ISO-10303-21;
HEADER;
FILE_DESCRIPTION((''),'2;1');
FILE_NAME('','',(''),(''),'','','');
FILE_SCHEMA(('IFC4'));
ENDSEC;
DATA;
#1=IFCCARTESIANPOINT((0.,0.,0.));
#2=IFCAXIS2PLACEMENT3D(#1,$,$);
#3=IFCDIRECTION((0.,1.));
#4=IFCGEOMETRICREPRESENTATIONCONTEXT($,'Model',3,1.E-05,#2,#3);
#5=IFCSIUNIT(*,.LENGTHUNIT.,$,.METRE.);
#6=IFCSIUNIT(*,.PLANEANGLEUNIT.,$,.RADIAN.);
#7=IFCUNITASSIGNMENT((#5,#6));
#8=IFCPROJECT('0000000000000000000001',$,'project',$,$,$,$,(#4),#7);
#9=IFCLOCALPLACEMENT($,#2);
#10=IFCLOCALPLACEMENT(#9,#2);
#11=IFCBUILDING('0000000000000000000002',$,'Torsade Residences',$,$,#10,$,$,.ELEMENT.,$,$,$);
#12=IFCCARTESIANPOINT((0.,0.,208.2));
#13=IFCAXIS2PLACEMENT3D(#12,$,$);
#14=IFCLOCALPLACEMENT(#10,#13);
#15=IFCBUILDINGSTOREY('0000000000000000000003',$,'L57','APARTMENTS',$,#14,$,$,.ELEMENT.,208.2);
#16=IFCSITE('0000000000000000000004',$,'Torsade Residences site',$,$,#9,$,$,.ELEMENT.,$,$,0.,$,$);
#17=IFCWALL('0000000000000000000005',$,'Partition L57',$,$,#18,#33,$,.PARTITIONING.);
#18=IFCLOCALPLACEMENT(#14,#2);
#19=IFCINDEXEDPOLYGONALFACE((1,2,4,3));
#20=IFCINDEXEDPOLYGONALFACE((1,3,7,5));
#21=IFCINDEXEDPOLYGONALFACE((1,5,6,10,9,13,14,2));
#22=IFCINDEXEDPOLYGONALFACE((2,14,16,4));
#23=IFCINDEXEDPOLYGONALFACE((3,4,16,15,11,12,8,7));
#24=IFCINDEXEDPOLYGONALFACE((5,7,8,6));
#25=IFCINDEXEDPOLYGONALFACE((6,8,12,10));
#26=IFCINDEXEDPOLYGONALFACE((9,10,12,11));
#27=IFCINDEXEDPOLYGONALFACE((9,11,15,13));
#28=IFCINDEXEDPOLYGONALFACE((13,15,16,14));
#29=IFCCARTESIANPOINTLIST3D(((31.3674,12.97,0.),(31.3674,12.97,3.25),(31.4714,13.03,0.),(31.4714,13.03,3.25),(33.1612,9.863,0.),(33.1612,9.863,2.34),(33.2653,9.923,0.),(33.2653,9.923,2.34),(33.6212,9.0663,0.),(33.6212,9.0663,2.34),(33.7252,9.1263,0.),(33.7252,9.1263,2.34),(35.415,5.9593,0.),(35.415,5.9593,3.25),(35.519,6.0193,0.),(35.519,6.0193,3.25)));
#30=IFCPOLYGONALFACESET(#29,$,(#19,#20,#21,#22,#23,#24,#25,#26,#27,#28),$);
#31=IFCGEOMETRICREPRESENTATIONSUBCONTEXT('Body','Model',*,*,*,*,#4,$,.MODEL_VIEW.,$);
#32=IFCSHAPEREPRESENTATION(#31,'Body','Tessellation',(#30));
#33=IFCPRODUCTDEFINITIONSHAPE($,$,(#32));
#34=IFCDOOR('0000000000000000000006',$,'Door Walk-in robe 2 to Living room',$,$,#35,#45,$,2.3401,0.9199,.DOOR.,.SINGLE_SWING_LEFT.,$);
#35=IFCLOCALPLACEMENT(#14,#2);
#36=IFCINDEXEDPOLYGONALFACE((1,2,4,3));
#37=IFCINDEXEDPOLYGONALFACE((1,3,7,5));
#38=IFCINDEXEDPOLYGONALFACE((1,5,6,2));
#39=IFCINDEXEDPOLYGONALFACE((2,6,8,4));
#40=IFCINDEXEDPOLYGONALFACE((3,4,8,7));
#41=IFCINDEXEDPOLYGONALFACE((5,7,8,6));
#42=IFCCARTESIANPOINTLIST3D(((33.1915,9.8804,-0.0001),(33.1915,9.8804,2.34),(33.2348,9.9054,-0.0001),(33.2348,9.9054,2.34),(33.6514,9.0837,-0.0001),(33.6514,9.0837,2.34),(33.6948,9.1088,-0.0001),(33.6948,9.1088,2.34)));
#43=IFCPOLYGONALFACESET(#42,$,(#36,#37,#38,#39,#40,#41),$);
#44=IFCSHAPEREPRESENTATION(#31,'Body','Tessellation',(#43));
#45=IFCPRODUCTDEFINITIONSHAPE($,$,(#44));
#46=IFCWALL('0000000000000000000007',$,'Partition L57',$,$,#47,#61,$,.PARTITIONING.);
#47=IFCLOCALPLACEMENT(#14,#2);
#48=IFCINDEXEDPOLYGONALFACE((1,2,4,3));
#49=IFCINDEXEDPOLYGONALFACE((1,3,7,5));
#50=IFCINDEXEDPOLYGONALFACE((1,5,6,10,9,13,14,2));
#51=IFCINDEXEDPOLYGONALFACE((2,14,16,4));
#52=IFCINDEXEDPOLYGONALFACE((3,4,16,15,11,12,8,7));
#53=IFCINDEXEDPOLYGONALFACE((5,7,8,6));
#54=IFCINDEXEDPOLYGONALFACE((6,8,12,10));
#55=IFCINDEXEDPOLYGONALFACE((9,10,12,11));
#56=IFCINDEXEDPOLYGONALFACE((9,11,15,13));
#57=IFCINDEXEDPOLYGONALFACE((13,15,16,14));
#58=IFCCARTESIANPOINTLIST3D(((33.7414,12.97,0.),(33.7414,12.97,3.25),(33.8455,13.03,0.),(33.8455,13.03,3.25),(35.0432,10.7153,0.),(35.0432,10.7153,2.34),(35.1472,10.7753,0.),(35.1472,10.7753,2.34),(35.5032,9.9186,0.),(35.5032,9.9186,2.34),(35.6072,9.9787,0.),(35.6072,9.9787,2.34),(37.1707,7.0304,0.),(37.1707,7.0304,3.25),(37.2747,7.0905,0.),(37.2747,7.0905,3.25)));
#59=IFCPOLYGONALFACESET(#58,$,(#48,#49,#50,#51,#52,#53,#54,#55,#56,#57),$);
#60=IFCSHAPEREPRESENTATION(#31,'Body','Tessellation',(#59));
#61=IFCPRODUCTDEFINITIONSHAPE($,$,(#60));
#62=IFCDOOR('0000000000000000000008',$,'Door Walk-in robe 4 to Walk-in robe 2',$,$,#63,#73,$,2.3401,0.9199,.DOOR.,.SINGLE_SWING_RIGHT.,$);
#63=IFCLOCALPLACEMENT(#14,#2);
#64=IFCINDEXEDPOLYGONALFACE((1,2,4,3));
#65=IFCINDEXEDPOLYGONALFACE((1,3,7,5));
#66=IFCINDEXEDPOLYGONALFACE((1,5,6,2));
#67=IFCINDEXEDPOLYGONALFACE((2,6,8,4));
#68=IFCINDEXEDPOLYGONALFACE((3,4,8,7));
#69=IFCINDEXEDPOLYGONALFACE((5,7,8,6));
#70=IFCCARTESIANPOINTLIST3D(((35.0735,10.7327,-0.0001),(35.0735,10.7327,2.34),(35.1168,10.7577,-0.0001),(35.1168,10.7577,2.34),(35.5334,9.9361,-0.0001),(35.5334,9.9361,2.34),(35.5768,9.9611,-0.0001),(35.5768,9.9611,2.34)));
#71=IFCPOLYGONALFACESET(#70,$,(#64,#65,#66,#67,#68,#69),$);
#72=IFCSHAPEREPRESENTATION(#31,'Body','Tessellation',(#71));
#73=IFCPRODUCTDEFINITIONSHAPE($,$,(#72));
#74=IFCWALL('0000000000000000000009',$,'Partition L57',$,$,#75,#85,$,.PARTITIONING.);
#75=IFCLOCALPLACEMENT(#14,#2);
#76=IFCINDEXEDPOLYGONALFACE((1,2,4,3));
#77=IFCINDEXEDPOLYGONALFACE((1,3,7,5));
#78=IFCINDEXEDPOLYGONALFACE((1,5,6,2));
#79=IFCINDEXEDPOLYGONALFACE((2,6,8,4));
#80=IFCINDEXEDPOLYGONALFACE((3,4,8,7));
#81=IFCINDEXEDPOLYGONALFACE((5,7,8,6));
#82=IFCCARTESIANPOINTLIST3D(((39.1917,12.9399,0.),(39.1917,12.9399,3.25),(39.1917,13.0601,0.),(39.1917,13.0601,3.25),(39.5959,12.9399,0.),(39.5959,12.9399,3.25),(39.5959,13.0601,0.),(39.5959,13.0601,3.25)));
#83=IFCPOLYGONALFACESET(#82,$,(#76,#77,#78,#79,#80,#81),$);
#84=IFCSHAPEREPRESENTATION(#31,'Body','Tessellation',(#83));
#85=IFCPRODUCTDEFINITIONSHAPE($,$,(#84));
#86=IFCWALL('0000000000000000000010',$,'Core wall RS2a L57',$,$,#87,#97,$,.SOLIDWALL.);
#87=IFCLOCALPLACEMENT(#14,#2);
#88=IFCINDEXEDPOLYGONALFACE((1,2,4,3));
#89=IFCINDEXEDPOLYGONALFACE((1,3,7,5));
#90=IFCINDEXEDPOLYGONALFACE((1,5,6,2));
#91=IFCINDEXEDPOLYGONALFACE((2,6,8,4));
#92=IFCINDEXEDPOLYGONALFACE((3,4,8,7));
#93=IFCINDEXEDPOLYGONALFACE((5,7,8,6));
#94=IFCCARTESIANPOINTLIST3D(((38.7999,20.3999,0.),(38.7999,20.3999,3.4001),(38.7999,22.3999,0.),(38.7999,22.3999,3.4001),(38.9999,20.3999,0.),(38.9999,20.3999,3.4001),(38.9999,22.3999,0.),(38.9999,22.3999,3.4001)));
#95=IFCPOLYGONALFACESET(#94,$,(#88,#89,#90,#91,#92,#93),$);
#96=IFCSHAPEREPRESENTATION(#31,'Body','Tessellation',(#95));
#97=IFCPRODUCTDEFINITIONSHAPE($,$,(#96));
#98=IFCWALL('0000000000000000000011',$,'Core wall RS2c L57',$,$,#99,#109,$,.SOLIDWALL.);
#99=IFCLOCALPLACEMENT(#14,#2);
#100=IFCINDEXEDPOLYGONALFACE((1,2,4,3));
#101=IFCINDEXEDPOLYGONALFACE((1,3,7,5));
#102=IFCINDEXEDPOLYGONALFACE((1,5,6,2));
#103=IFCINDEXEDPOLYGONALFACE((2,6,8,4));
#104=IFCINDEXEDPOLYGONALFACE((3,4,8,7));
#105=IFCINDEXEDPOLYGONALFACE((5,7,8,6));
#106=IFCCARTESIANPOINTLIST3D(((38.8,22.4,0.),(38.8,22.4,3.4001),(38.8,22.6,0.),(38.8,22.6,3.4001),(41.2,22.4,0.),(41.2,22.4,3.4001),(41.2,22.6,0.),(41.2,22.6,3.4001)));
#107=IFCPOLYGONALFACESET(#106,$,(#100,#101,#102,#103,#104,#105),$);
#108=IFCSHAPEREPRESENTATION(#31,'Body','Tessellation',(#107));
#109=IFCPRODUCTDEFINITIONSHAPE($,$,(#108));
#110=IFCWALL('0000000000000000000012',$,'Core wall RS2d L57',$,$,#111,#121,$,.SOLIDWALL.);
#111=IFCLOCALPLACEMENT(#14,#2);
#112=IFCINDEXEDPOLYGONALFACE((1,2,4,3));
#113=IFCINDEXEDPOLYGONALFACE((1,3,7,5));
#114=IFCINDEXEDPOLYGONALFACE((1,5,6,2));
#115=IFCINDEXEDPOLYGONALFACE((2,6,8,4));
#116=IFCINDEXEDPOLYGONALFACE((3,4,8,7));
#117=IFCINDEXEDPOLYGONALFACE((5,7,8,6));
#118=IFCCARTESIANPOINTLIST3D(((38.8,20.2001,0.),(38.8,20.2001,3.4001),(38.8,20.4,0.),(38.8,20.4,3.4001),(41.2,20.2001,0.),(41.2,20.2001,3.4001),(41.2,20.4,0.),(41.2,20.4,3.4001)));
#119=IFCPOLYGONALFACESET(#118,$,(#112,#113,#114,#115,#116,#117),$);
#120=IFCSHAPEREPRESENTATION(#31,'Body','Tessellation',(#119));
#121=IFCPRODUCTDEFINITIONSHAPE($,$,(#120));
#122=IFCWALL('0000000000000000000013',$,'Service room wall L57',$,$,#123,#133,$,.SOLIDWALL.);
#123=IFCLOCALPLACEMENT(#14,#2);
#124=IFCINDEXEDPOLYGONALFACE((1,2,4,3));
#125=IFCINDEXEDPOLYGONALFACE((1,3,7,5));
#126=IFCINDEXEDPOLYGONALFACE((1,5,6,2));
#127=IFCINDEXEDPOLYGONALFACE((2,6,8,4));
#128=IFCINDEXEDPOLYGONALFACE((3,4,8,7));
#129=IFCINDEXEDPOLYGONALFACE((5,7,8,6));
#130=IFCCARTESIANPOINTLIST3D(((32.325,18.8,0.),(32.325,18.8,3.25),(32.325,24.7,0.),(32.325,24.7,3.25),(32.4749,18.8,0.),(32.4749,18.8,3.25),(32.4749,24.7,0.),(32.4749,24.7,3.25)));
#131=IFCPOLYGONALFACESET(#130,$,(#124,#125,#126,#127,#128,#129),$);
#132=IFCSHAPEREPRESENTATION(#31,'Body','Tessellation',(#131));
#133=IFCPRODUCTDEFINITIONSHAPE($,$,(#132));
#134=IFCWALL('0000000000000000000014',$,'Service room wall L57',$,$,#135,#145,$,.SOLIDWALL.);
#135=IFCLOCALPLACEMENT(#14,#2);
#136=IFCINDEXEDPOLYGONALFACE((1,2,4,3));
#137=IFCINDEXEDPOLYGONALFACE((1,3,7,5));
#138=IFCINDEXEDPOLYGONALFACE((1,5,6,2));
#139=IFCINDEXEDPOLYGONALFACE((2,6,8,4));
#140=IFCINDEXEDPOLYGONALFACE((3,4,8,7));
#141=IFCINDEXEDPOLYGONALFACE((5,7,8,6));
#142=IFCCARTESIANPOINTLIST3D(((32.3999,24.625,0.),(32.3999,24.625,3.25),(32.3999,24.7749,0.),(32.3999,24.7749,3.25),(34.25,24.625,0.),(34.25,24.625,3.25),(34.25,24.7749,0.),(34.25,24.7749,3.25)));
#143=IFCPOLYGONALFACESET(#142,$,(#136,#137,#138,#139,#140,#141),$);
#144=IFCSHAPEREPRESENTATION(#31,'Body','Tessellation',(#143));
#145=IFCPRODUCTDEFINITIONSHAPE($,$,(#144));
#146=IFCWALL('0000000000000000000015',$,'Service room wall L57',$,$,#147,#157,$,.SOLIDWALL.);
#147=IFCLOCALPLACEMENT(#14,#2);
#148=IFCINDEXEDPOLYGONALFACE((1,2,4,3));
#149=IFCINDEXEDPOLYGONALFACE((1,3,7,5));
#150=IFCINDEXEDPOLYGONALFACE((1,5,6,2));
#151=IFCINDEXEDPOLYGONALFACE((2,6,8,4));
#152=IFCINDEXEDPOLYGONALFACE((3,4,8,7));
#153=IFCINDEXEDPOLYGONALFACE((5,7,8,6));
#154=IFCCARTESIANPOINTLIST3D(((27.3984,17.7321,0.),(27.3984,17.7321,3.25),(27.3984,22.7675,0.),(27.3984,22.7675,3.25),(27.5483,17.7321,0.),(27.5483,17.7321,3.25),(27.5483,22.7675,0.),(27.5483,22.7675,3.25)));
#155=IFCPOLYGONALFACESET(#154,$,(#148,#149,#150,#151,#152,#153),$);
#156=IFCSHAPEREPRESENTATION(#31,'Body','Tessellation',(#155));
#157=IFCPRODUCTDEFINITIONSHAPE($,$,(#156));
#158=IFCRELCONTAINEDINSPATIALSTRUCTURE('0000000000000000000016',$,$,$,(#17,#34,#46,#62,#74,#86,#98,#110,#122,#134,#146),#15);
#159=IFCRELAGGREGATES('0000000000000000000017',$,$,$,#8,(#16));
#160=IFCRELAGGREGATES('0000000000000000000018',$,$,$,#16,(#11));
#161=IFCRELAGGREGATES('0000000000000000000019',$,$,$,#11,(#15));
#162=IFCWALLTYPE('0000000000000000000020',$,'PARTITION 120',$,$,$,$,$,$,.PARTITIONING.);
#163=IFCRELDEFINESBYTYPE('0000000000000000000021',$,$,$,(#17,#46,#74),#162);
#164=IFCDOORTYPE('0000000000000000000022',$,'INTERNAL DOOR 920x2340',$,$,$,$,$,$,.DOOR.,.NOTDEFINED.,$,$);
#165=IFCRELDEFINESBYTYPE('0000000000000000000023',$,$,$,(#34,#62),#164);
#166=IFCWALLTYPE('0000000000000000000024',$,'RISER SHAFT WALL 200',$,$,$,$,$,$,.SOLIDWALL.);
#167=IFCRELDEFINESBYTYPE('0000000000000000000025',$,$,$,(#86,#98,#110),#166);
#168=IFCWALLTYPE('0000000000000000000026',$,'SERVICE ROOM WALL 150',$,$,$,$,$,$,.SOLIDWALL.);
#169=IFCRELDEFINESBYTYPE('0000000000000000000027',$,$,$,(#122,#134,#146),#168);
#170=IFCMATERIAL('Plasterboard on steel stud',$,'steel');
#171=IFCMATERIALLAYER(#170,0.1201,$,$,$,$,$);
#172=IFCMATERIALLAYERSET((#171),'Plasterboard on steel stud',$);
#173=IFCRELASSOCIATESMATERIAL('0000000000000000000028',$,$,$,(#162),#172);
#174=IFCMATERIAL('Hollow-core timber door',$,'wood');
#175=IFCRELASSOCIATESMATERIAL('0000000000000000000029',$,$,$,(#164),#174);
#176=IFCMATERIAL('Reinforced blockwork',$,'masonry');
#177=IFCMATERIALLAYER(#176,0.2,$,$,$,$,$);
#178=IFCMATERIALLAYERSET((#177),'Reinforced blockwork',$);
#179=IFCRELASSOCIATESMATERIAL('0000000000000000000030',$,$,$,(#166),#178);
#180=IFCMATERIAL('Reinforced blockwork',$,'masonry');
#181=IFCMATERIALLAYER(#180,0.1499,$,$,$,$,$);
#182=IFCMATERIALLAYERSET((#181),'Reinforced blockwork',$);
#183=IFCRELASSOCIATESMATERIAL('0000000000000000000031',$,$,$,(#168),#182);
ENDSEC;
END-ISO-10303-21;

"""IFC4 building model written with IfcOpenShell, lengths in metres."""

from ifc_helpers import new_model, si_unit, direction, frame, frame_2d, origin, place, context, subcontext, project, spatial, rectangle, extrude, material, layer, layer_set, type_object, element, fill, save


model = new_model("IFC4")

# Units and contexts
model_context = context("Model", 3, precision=1e-05, world=origin(), true_north=direction((0.0, 1.0)))
body_context = subcontext(model_context, "Body", "Model", "MODEL_VIEW")
ifc_project = project(units=[si_unit("LENGTHUNIT", "METRE"), si_unit("PLANEANGLEUNIT", "RADIAN")], contexts=[model_context])

# Site, building, storey
site_placement = place(None, origin())
site = spatial("IfcSite", under=ifc_project, at=site_placement, Name="Torsade Residences site", CompositionType="ELEMENT", RefElevation=0.0)
building_placement = place(site_placement, origin())
building = spatial("IfcBuilding", under=site, at=building_placement, Name="Torsade Residences", CompositionType="ELEMENT")
storey_placement = place(building_placement, frame((0.0, 0.0, 208.2)))
storey = spatial("IfcBuildingStorey", under=building, at=storey_placement, Name="L57", Description="APARTMENTS", CompositionType="ELEMENT", Elevation=208.2)

# Shared definitions
ifc_material_1 = material(Name="Plasterboard on steel stud", Category="steel")
ifc_layer_1 = layer(ifc_material_1, 0.1201)
ifc_layer_set_1 = layer_set([ifc_layer_1], Name="Plasterboard on steel stud")
wall_type_1 = type_object("IfcWallType", Name="PARTITION 120", PredefinedType="PARTITIONING", material=ifc_layer_set_1)

# Shared definitions
ifc_material_2 = material(Name="Hollow-core timber door", Category="wood")
door_type_1 = type_object("IfcDoorType", Name="INTERNAL DOOR 920x2340", OperationType="NOTDEFINED", PredefinedType="DOOR", material=ifc_material_2)

# Walls, openings, doors
wall_1_placement = place(storey_placement, frame((31.4194, 13.0, 0.0), z_axis=(0.0, 0.0, 1.0), x_axis=(0.499996, -0.866028, 0.0)))
wall_1 = element("IfcWall", 1, at=wall_1_placement, inside=storey, type_object=wall_type_1, Name="Partition L57", PredefinedType="PARTITIONING", context=body_context, shape_type="SweptSolid", body=[
    extrude(rectangle(XDim=8.0952, YDim=0.1201, at=frame_2d((4.0476, 0.0))), origin(), (0.0, 0.0, 1.0), 3.25),
])
opening_1_placement = place(wall_1_placement, frame((3.5876, 0.0, 0.0)))
opening_1 = element("IfcOpeningElement", 2, at=opening_1_placement, cuts=wall_1, PredefinedType="OPENING", context=body_context, shape_type="SweptSolid", body=[
    extrude(rectangle(XDim=0.9199, YDim=2.3401, at=frame_2d((0.46, 1.1699))), frame((0.0, 0.0701, 0.0), z_axis=(0.0, -1.0, 0.0), x_axis=(1.0, 0.0, 0.0)), (0.0, 0.0, 1.0), 0.1401),
])
door_1_placement = place(opening_1_placement, origin())
door_1 = element("IfcDoor", 3, at=door_1_placement, inside=storey, type_object=door_type_1, Name="Door Walk-in robe 2 to Living room", OperationType="SINGLE_SWING_LEFT", OverallHeight=2.3401, OverallWidth=0.9199, PredefinedType="DOOR", context=body_context, shape_type="SweptSolid", body=[
    extrude(rectangle(XDim=0.9199, YDim=2.3401, at=frame_2d((0.46, 1.1699))), frame((0.0, 0.0249, 0.0), z_axis=(0.0, -1.0, 0.0), x_axis=(1.0, 0.0, 0.0)), (0.0, 0.0, 1.0), 0.05),
])
fill(opening_1, door_1)
wall_2_placement = place(storey_placement, frame((33.7935, 13.0, 0.0), z_axis=(0.0, 0.0, 1.0), x_axis=(0.500006, -0.866022, 0.0)))
wall_2 = element("IfcWall", 4, at=wall_2_placement, inside=storey, type_object=wall_type_1, Name="Partition L57", PredefinedType="PARTITIONING", context=body_context, shape_type="SweptSolid", body=[
    extrude(rectangle(XDim=6.8584, YDim=0.1201, at=frame_2d((3.4292, 0.0))), origin(), (0.0, 0.0, 1.0), 3.25),
])
opening_2_placement = place(wall_2_placement, frame((2.6035, 0.0, 0.0)))
opening_2 = element("IfcOpeningElement", 5, at=opening_2_placement, cuts=wall_2, PredefinedType="OPENING", context=body_context, shape_type="SweptSolid", body=[
    extrude(rectangle(XDim=0.9199, YDim=2.3401, at=frame_2d((0.46, 1.1699))), frame((0.0, 0.0701, 0.0), z_axis=(0.0, -1.0, 0.0), x_axis=(1.0, 0.0, 0.0)), (0.0, 0.0, 1.0), 0.1401),
])
door_2_placement = place(opening_2_placement, origin())
door_2 = element("IfcDoor", 6, at=door_2_placement, inside=storey, type_object=door_type_1, Name="Door Walk-in robe 4 to Walk-in robe 2", OperationType="SINGLE_SWING_RIGHT", OverallHeight=2.3401, OverallWidth=0.9199, PredefinedType="DOOR", context=body_context, shape_type="SweptSolid", body=[
    extrude(rectangle(XDim=0.9199, YDim=2.3401, at=frame_2d((0.46, 1.1699))), frame((0.0, 0.0249, 0.0), z_axis=(0.0, -1.0, 0.0), x_axis=(1.0, 0.0, 0.0)), (0.0, 0.0, 1.0), 0.05),
])
fill(opening_2, door_2)

# Walls
wall_3_placement = place(storey_placement, frame((39.1917, 13.0, 0.0), z_axis=(0.0, 0.0, 1.0), x_axis=(1.0, 0.0, 0.0)))
element("IfcWall", 7, at=wall_3_placement, inside=storey, type_object=wall_type_1, Name="Partition L57", PredefinedType="PARTITIONING", context=body_context, shape_type="SweptSolid", body=[
    extrude(rectangle(XDim=0.4043, YDim=0.1201, at=frame_2d((0.2021, 0.0))), origin(), (0.0, 0.0, 1.0), 3.25),
])
ifc_material_3 = material(Name="Reinforced blockwork", Category="masonry")
ifc_layer_2 = layer(ifc_material_3, 0.2)
ifc_layer_set_2 = layer_set([ifc_layer_2], Name="Reinforced blockwork")
wall_type_2 = type_object("IfcWallType", Name="RISER SHAFT WALL 200", PredefinedType="SOLIDWALL", material=ifc_layer_set_2)
wall_4_placement = place(storey_placement, frame((38.8999, 22.3999, 0.0), z_axis=(0.0, 0.0, 1.0), x_axis=(0.0, -1.0, 0.0)))
element("IfcWall", 8, at=wall_4_placement, inside=storey, type_object=wall_type_2, Name="Core wall RS2a L57", PredefinedType="SOLIDWALL", context=body_context, shape_type="SweptSolid", body=[
    extrude(rectangle(XDim=2.0, YDim=0.2, at=frame_2d((1.0, 0.0))), origin(), (0.0, 0.0, 1.0), 3.4001),
])
for number, where, z_axis, x_axis, name in (
    (9, (38.8, 22.5, 0.0), (0.0, 0.0, 1.0), (1.0, 0.0, 0.0), "Core wall RS2c L57"),
    (10, (38.8, 20.3, 0.0), (0.0, 0.0, 1.0), (1.0, 0.0, 0.0), "Core wall RS2d L57"),
):
    element("IfcWall", number, at=place(storey_placement, frame(where, z_axis=z_axis, x_axis=x_axis)), inside=storey, type_object=wall_type_2, Name=name, PredefinedType="SOLIDWALL", context=body_context, shape_type="SweptSolid", body=[
        extrude(rectangle(XDim=2.3999, YDim=0.2, at=frame_2d((1.2, 0.0))), origin(), (0.0, 0.0, 1.0), 3.4001),
    ])
ifc_material_4 = material(Name="Reinforced blockwork", Category="masonry")
ifc_layer_3 = layer(ifc_material_4, 0.1499)
ifc_layer_set_3 = layer_set([ifc_layer_3], Name="Reinforced blockwork")
wall_type_3 = type_object("IfcWallType", Name="SERVICE ROOM WALL 150", PredefinedType="SOLIDWALL", material=ifc_layer_set_3)
wall_5_placement = place(storey_placement, frame((32.3999, 18.8, 0.0), z_axis=(0.0, 0.0, 1.0), x_axis=(0.0, 1.0, 0.0)))
element("IfcWall", 11, at=wall_5_placement, inside=storey, type_object=wall_type_3, Name="Service room wall L57", PredefinedType="SOLIDWALL", context=body_context, shape_type="SweptSolid", body=[
    extrude(rectangle(XDim=5.8999, YDim=0.1499, at=frame_2d((2.95, 0.0))), origin(), (0.0, 0.0, 1.0), 3.25),
])
wall_6_placement = place(storey_placement, frame((32.3999, 24.7, 0.0), z_axis=(0.0, 0.0, 1.0), x_axis=(1.0, 0.0, 0.0)))
element("IfcWall", 12, at=wall_6_placement, inside=storey, type_object=wall_type_3, Name="Service room wall L57", PredefinedType="SOLIDWALL", context=body_context, shape_type="SweptSolid", body=[
    extrude(rectangle(XDim=1.8501, YDim=0.1499, at=frame_2d((0.925, 0.0))), origin(), (0.0, 0.0, 1.0), 3.25),
])
wall_7_placement = place(storey_placement, frame((27.4734, 17.7322, 0.0), z_axis=(0.0, 0.0, 1.0), x_axis=(0.0, 1.0, 0.0)))
element("IfcWall", 13, at=wall_7_placement, inside=storey, type_object=wall_type_3, Name="Service room wall L57", PredefinedType="SOLIDWALL", context=body_context, shape_type="SweptSolid", body=[
    extrude(rectangle(XDim=5.0354, YDim=0.1499, at=frame_2d((2.5176, 0.0))), origin(), (0.0, 0.0, 1.0), 3.25),
])

save(model, "model.ifc")
